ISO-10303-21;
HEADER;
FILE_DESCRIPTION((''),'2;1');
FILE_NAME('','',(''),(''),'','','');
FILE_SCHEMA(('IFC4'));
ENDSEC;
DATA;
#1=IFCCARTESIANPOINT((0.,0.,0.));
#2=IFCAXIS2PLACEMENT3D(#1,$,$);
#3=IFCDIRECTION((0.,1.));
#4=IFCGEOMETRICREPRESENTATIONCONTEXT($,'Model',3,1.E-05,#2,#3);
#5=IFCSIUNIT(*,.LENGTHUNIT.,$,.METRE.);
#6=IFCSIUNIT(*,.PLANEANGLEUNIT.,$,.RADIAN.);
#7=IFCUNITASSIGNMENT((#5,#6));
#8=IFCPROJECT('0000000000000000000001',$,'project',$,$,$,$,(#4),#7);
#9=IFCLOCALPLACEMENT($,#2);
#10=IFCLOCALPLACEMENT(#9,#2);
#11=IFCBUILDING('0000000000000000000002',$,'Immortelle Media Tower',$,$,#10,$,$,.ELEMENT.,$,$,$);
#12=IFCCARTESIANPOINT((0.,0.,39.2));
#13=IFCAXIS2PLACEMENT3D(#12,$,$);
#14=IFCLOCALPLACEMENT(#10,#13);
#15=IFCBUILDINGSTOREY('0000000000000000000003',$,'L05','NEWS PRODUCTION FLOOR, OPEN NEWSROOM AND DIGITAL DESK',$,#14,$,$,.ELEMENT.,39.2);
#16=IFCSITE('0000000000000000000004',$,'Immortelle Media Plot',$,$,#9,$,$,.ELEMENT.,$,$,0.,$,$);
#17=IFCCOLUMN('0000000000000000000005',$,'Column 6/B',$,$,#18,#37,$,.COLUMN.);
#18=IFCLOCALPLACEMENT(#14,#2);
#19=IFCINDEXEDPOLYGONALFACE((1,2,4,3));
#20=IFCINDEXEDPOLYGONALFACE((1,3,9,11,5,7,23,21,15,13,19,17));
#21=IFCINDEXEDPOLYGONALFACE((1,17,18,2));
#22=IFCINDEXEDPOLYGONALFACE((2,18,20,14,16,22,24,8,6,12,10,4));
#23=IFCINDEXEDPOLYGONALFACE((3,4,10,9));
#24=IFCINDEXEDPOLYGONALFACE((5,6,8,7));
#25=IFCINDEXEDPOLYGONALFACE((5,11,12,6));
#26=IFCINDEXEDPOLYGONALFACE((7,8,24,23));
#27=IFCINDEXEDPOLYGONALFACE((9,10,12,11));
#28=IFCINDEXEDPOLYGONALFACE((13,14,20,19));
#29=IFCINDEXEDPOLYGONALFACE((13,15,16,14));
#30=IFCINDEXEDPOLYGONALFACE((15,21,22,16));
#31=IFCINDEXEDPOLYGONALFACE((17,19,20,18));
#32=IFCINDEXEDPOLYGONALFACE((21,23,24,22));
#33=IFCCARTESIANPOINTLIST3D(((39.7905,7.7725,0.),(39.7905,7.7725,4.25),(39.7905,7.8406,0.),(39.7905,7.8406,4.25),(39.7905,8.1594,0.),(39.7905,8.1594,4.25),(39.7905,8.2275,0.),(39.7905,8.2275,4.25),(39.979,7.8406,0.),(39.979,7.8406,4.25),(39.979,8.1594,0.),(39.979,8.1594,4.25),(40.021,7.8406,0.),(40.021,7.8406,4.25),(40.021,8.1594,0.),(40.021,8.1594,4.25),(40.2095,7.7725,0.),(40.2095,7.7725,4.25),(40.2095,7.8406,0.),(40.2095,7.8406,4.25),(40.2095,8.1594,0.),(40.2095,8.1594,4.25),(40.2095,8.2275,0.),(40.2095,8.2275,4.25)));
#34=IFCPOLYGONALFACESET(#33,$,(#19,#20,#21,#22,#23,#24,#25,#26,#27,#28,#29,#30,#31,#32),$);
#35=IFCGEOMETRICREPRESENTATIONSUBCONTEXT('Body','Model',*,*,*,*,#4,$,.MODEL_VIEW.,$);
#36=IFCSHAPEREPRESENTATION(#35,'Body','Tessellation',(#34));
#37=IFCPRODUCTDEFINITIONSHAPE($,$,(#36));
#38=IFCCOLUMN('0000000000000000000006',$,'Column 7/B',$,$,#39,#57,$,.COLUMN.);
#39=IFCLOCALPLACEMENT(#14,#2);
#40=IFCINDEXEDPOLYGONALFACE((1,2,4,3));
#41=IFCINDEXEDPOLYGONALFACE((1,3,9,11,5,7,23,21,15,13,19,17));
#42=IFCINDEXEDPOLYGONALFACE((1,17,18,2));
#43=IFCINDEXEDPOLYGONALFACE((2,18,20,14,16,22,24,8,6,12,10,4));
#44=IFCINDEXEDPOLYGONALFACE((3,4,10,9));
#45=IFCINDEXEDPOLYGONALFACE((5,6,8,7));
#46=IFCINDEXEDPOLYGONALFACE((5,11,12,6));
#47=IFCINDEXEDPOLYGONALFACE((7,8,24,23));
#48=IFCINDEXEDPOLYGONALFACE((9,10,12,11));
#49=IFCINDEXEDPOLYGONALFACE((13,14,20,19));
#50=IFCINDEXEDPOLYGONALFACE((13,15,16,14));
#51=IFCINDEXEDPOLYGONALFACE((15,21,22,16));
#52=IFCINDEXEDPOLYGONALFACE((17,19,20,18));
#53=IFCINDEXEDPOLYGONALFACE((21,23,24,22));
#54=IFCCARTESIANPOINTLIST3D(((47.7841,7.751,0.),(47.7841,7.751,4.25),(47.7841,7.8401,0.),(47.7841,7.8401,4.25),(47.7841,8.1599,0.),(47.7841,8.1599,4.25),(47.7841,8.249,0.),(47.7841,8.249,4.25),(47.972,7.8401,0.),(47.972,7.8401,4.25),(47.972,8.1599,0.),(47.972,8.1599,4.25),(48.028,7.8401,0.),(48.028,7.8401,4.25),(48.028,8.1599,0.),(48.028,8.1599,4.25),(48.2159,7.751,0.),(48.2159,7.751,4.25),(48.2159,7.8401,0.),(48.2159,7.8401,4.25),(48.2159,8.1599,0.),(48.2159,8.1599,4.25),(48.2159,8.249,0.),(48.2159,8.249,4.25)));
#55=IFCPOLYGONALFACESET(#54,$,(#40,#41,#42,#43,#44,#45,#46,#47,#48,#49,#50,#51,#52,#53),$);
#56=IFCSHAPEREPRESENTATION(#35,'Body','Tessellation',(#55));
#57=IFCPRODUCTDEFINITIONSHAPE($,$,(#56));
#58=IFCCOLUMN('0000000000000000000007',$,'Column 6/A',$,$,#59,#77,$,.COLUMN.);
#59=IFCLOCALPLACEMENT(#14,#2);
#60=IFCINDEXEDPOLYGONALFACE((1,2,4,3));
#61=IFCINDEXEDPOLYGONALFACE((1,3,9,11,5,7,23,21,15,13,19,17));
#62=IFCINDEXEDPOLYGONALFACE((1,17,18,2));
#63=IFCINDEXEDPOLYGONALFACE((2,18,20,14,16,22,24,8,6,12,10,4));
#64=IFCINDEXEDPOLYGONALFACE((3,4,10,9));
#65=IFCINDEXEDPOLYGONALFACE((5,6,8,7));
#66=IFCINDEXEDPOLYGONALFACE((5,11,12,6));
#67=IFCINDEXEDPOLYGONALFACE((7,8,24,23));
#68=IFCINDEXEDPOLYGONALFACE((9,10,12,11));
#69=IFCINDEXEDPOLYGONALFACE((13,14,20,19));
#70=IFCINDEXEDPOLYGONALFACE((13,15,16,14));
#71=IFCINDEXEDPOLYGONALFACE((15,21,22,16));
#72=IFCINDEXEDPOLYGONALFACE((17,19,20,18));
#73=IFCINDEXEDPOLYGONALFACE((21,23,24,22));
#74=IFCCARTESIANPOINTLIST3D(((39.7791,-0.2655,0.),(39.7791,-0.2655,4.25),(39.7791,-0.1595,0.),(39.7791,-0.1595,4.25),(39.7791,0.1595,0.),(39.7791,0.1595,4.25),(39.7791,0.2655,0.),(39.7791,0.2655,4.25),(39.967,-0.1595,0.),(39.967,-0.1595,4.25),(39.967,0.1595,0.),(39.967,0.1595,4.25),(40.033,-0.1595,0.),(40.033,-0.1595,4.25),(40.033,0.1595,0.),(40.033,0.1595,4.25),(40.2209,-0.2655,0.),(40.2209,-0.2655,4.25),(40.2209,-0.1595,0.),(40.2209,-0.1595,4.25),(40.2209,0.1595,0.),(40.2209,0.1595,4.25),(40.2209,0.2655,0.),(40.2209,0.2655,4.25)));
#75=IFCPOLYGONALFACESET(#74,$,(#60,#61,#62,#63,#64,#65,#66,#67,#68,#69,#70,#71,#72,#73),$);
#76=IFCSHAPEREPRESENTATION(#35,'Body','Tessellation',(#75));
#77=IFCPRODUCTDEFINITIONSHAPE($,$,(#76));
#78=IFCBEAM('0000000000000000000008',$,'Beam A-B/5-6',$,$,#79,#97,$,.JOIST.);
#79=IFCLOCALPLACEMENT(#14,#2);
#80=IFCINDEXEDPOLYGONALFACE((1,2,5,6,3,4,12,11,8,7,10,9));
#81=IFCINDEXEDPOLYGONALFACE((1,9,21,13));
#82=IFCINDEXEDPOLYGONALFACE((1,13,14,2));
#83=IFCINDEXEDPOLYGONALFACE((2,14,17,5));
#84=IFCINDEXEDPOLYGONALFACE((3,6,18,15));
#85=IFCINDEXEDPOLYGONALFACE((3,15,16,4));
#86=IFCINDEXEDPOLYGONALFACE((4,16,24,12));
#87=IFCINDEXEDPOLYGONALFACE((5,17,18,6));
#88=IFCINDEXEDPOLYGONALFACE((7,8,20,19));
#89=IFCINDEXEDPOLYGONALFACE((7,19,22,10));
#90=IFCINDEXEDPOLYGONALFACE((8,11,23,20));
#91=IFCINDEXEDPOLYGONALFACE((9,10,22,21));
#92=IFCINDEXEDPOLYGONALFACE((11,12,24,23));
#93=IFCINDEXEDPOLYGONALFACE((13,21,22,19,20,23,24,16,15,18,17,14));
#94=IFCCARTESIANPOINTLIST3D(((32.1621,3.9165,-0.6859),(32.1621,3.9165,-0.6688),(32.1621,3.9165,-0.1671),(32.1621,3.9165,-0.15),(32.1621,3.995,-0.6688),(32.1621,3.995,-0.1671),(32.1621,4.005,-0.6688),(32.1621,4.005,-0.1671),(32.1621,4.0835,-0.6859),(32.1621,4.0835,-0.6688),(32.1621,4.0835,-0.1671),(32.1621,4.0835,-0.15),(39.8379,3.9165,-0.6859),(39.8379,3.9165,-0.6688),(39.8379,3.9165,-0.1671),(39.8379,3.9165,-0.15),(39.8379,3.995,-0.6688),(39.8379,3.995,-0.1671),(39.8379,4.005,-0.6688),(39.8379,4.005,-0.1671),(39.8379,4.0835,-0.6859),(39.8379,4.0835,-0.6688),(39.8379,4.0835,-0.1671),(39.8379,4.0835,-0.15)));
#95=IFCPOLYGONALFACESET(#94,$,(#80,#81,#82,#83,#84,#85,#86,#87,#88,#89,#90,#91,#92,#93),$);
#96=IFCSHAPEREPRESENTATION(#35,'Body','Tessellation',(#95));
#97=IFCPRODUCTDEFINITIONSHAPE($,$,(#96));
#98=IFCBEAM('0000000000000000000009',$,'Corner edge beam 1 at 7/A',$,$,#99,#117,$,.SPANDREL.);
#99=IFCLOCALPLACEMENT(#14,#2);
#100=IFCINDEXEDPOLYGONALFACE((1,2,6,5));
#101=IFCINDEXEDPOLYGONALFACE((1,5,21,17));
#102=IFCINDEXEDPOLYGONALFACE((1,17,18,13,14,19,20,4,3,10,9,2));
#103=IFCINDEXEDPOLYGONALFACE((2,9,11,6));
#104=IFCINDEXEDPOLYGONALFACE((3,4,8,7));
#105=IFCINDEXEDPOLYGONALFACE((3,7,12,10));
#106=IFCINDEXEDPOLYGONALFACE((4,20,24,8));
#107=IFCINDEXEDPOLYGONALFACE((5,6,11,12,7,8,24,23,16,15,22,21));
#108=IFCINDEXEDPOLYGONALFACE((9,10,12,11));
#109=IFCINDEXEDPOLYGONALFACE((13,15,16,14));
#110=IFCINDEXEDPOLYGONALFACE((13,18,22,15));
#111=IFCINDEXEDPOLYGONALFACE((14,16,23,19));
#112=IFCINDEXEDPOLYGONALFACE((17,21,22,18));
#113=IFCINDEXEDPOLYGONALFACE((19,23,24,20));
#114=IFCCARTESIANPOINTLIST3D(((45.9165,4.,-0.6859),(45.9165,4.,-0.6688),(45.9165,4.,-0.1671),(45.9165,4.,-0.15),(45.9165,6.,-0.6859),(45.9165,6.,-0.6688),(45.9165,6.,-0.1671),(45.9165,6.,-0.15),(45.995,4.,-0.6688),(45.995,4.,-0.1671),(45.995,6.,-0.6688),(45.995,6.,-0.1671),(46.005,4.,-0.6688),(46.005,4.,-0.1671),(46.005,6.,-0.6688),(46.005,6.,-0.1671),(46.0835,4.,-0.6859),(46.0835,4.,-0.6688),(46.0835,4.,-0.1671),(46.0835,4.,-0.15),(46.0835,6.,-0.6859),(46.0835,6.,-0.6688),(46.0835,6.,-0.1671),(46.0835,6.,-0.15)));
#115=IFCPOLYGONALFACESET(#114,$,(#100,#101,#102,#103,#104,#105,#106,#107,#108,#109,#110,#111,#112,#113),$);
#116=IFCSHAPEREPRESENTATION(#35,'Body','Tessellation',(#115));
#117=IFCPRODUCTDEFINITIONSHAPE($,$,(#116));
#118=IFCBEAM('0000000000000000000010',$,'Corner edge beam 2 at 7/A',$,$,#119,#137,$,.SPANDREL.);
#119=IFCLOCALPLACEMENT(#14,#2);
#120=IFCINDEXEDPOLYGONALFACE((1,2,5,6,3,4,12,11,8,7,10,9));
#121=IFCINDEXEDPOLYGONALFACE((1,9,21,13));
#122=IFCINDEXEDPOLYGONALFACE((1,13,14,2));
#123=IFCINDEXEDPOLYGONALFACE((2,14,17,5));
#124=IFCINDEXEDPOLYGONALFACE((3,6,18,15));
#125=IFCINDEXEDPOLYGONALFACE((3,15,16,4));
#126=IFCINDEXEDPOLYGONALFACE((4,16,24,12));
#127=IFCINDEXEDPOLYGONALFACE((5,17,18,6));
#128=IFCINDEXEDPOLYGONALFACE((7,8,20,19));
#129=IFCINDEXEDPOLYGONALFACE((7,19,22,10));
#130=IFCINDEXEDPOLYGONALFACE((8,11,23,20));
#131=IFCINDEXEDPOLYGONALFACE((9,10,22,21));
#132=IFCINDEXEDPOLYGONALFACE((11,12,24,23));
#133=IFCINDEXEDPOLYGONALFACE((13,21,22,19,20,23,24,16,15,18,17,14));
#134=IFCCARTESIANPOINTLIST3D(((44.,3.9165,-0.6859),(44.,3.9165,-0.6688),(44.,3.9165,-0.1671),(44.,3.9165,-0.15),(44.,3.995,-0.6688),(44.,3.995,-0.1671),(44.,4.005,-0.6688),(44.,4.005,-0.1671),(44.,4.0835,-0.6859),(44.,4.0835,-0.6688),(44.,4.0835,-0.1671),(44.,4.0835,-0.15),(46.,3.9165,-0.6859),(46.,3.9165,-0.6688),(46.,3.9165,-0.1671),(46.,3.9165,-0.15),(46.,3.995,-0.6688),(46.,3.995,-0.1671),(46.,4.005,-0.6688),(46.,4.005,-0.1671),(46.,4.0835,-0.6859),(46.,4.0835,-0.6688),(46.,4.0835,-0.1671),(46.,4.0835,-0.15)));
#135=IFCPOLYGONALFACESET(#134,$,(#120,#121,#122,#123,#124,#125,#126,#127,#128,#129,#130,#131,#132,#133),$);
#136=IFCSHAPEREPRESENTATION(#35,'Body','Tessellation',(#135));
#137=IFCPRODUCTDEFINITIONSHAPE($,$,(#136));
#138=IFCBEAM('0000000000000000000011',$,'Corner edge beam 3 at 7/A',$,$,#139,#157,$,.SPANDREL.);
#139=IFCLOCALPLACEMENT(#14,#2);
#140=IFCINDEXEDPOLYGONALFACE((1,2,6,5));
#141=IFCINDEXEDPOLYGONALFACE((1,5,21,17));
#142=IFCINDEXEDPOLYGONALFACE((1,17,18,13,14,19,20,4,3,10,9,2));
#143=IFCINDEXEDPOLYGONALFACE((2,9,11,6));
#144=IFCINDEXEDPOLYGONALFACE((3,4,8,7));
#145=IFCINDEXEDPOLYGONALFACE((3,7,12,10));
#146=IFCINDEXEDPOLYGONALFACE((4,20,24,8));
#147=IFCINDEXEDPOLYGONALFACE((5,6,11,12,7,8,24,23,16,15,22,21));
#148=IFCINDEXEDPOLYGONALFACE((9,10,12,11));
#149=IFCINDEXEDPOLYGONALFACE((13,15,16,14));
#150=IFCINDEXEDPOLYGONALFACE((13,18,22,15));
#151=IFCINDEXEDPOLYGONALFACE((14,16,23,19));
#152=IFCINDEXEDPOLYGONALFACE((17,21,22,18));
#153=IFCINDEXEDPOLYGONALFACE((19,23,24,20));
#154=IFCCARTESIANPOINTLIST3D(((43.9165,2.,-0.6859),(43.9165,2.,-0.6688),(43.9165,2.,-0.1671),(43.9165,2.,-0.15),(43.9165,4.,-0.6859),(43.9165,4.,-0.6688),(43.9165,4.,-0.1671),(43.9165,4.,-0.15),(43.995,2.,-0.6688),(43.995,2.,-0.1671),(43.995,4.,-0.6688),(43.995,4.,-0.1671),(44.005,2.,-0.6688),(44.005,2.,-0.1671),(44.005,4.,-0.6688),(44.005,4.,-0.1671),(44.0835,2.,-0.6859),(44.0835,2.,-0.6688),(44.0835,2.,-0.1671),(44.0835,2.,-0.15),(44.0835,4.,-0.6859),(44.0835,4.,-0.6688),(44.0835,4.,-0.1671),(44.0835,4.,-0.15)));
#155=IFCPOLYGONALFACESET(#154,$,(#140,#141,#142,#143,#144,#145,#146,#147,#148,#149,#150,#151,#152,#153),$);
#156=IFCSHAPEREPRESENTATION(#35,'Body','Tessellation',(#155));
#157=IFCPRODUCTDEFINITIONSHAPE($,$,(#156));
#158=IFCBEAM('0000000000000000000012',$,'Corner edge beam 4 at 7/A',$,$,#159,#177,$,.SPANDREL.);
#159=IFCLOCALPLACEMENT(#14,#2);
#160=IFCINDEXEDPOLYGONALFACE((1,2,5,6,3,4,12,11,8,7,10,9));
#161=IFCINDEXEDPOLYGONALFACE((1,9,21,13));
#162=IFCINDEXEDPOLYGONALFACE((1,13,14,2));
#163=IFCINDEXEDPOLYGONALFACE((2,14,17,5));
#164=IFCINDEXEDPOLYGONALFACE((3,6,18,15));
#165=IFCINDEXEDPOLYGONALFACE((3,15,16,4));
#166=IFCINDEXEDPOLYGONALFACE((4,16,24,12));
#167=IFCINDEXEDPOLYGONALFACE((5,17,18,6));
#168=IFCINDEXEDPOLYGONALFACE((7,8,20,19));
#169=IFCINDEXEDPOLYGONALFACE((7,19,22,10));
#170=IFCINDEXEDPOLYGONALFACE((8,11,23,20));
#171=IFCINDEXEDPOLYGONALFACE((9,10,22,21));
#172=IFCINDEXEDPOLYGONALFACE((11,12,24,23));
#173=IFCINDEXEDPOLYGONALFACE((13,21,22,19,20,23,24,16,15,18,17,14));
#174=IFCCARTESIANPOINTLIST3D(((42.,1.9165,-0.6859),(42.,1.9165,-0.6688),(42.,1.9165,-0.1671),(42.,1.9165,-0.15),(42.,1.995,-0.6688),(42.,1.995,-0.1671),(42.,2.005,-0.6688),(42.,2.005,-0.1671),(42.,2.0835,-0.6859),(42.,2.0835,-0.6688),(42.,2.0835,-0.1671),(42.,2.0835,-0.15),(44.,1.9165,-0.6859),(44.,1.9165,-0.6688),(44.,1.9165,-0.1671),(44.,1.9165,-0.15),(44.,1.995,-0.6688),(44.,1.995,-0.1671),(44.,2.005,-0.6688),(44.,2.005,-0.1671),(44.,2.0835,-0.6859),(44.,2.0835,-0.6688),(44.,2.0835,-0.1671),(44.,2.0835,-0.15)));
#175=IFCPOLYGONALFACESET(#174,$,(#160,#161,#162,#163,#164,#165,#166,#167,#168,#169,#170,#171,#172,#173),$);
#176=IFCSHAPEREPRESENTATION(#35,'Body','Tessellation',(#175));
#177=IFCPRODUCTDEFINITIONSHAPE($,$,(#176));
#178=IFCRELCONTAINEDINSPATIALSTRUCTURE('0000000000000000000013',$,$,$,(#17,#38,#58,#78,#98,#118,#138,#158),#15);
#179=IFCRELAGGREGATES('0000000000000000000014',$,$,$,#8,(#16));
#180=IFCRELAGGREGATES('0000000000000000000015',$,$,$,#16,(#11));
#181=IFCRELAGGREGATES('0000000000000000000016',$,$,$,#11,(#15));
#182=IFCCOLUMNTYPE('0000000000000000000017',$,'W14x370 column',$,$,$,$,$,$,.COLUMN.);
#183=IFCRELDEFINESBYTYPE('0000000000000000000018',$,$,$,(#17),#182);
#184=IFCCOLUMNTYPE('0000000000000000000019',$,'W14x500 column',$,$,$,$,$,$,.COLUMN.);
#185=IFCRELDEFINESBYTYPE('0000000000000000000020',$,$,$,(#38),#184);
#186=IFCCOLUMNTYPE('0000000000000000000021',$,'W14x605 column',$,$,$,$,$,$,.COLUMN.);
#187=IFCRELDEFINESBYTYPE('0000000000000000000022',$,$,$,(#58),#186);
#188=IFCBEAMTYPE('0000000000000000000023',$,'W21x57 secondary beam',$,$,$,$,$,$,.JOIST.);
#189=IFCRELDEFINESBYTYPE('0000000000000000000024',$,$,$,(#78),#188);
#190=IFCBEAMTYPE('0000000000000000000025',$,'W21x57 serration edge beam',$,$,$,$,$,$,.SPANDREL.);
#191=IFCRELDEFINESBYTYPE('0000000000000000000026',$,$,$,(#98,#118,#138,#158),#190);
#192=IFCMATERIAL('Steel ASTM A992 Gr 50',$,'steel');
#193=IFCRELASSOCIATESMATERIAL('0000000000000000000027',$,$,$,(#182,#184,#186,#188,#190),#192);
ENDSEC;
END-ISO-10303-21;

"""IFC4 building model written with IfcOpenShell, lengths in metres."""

from ifc_helpers import new_model, si_unit, direction, frame, origin, origin_2d, place, context, subcontext, project, spatial, i_section, extrude, material, material_profile, profile_set, type_object, element, save


model = new_model("IFC4")

# Units and contexts
model_context = context("Model", 3, precision=1e-05, world=origin(), true_north=direction((0.0, 1.0)))
body_context = subcontext(model_context, "Body", "Model", "MODEL_VIEW")
ifc_project = project(units=[si_unit("LENGTHUNIT", "METRE"), si_unit("PLANEANGLEUNIT", "RADIAN")], contexts=[model_context])

# Site, building, storey
site_placement = place(None, origin())
site = spatial("IfcSite", under=ifc_project, at=site_placement, Name="Immortelle Media Plot", CompositionType="ELEMENT", RefElevation=0.0)
building_placement = place(site_placement, origin())
building = spatial("IfcBuilding", under=site, at=building_placement, Name="Immortelle Media Tower", CompositionType="ELEMENT")
storey_placement = place(building_placement, frame((0.0, 0.0, 39.2)))
storey = spatial("IfcBuildingStorey", under=building, at=storey_placement, Name="L05", Description="NEWS PRODUCTION FLOOR, OPEN NEWSROOM AND DIGITAL DESK", CompositionType="ELEMENT", Elevation=39.2)

# Columns
ifc_material_1 = material(Name="Steel ASTM A992 Gr 50", Category="steel")
ifc_material_profile_1 = material_profile(ifc_material_1, i_section(OverallWidth=0.4189, OverallDepth=0.4551, WebThickness=0.042, FlangeThickness=0.0681, at=origin_2d()), Name="W14x370")
ifc_profile_set_1 = profile_set([ifc_material_profile_1], Name="Steel ASTM A992 Gr 50")
column_type_1 = type_object("IfcColumnType", Name="W14x370 column", PredefinedType="COLUMN", material=ifc_profile_set_1)
column_1_placement = place(storey_placement, frame((40.0, 8.0, 0.0), z_axis=(0.0, 0.0, 1.0), x_axis=(1.0, 0.0, 0.0)))
element("IfcColumn", 1, at=column_1_placement, inside=storey, type_object=column_type_1, Name="Column 6/B", PredefinedType="COLUMN", context=body_context, shape_type="SweptSolid", body=[
    extrude(i_section(OverallWidth=0.4189, OverallDepth=0.4551, WebThickness=0.042, FlangeThickness=0.0681, at=origin_2d()), origin(), (0.0, 0.0, 1.0), 4.25),
])
ifc_material_profile_2 = material_profile(ifc_material_1, i_section(OverallWidth=0.4319, OverallDepth=0.498, WebThickness=0.0559, FlangeThickness=0.0891, at=origin_2d()), Name="W14x500")
ifc_profile_set_2 = profile_set([ifc_material_profile_2], Name="Steel ASTM A992 Gr 50")
column_type_2 = type_object("IfcColumnType", Name="W14x500 column", PredefinedType="COLUMN", material=ifc_profile_set_2)
column_2_placement = place(storey_placement, frame((48.0, 8.0, 0.0), z_axis=(0.0, 0.0, 1.0), x_axis=(1.0, 0.0, 0.0)))
element("IfcColumn", 2, at=column_2_placement, inside=storey, type_object=column_type_2, Name="Column 7/B", PredefinedType="COLUMN", context=body_context, shape_type="SweptSolid", body=[
    extrude(i_section(OverallWidth=0.4319, OverallDepth=0.498, WebThickness=0.0559, FlangeThickness=0.0891, at=origin_2d()), origin(), (0.0, 0.0, 1.0), 4.25),
])
ifc_material_profile_3 = material_profile(ifc_material_1, i_section(OverallWidth=0.4419, OverallDepth=0.531, WebThickness=0.0659, FlangeThickness=0.106, at=origin_2d()), Name="W14x605")
ifc_profile_set_3 = profile_set([ifc_material_profile_3], Name="Steel ASTM A992 Gr 50")
column_type_3 = type_object("IfcColumnType", Name="W14x605 column", PredefinedType="COLUMN", material=ifc_profile_set_3)
column_3_placement = place(storey_placement, frame((40.0, 0.0, 0.0), z_axis=(0.0, 0.0, 1.0), x_axis=(1.0, 0.0, 0.0)))
element("IfcColumn", 3, at=column_3_placement, inside=storey, type_object=column_type_3, Name="Column 6/A", PredefinedType="COLUMN", context=body_context, shape_type="SweptSolid", body=[
    extrude(i_section(OverallWidth=0.4419, OverallDepth=0.531, WebThickness=0.0659, FlangeThickness=0.106, at=origin_2d()), origin(), (0.0, 0.0, 1.0), 4.25),
])

# Beams
ifc_material_profile_4 = material_profile(ifc_material_1, i_section(OverallWidth=0.167, OverallDepth=0.5359, WebThickness=0.01, FlangeThickness=0.0171, at=origin_2d()), Name="W21x57")
ifc_profile_set_4 = profile_set([ifc_material_profile_4], Name="Steel ASTM A992 Gr 50")
beam_type_1 = type_object("IfcBeamType", Name="W21x57 secondary beam", PredefinedType="JOIST", material=ifc_profile_set_4)
beam_1_placement = place(storey_placement, frame((32.1621, 4.0, -0.418), z_axis=(1.0, 0.0, 0.0), x_axis=(0.0, 1.0, 0.0)))
element("IfcBeam", 4, at=beam_1_placement, inside=storey, type_object=beam_type_1, Name="Beam A-B/5-6", PredefinedType="JOIST", context=body_context, shape_type="SweptSolid", body=[
    extrude(i_section(OverallWidth=0.167, OverallDepth=0.5359, WebThickness=0.01, FlangeThickness=0.0171, at=origin_2d()), origin(), (0.0, 0.0, 1.0), 7.6758),
])
ifc_material_profile_5 = material_profile(ifc_material_1, i_section(OverallWidth=0.167, OverallDepth=0.5359, WebThickness=0.01, FlangeThickness=0.0171, at=origin_2d()), Name="W21x57")
ifc_profile_set_5 = profile_set([ifc_material_profile_5], Name="Steel ASTM A992 Gr 50")
beam_type_2 = type_object("IfcBeamType", Name="W21x57 serration edge beam", PredefinedType="SPANDREL", material=ifc_profile_set_5)
for number, where, z_axis, x_axis, name in (
    (5, (46.0, 6.0, -0.418), (0.0, -1.0, 0.0), (1.0, 0.0, 0.0), "Corner edge beam 1 at 7/A"),
    (6, (46.0, 4.0, -0.418), (-1.0, 0.0, 0.0), (0.0, -1.0, 0.0), "Corner edge beam 2 at 7/A"),
    (7, (44.0, 4.0, -0.418), (0.0, -1.0, 0.0), (1.0, 0.0, 0.0), "Corner edge beam 3 at 7/A"),
    (8, (44.0, 2.0, -0.418), (-1.0, 0.0, 0.0), (0.0, -1.0, 0.0), "Corner edge beam 4 at 7/A"),
):
    element("IfcBeam", number, at=place(storey_placement, frame(where, z_axis=z_axis, x_axis=x_axis)), inside=storey, type_object=beam_type_2, Name=name, PredefinedType="SPANDREL", context=body_context, shape_type="SweptSolid", body=[
        extrude(i_section(OverallWidth=0.167, OverallDepth=0.5359, WebThickness=0.01, FlangeThickness=0.0171, at=origin_2d()), origin(), (0.0, 0.0, 1.0), 2.0),
    ])

save(model, "model.ifc")
